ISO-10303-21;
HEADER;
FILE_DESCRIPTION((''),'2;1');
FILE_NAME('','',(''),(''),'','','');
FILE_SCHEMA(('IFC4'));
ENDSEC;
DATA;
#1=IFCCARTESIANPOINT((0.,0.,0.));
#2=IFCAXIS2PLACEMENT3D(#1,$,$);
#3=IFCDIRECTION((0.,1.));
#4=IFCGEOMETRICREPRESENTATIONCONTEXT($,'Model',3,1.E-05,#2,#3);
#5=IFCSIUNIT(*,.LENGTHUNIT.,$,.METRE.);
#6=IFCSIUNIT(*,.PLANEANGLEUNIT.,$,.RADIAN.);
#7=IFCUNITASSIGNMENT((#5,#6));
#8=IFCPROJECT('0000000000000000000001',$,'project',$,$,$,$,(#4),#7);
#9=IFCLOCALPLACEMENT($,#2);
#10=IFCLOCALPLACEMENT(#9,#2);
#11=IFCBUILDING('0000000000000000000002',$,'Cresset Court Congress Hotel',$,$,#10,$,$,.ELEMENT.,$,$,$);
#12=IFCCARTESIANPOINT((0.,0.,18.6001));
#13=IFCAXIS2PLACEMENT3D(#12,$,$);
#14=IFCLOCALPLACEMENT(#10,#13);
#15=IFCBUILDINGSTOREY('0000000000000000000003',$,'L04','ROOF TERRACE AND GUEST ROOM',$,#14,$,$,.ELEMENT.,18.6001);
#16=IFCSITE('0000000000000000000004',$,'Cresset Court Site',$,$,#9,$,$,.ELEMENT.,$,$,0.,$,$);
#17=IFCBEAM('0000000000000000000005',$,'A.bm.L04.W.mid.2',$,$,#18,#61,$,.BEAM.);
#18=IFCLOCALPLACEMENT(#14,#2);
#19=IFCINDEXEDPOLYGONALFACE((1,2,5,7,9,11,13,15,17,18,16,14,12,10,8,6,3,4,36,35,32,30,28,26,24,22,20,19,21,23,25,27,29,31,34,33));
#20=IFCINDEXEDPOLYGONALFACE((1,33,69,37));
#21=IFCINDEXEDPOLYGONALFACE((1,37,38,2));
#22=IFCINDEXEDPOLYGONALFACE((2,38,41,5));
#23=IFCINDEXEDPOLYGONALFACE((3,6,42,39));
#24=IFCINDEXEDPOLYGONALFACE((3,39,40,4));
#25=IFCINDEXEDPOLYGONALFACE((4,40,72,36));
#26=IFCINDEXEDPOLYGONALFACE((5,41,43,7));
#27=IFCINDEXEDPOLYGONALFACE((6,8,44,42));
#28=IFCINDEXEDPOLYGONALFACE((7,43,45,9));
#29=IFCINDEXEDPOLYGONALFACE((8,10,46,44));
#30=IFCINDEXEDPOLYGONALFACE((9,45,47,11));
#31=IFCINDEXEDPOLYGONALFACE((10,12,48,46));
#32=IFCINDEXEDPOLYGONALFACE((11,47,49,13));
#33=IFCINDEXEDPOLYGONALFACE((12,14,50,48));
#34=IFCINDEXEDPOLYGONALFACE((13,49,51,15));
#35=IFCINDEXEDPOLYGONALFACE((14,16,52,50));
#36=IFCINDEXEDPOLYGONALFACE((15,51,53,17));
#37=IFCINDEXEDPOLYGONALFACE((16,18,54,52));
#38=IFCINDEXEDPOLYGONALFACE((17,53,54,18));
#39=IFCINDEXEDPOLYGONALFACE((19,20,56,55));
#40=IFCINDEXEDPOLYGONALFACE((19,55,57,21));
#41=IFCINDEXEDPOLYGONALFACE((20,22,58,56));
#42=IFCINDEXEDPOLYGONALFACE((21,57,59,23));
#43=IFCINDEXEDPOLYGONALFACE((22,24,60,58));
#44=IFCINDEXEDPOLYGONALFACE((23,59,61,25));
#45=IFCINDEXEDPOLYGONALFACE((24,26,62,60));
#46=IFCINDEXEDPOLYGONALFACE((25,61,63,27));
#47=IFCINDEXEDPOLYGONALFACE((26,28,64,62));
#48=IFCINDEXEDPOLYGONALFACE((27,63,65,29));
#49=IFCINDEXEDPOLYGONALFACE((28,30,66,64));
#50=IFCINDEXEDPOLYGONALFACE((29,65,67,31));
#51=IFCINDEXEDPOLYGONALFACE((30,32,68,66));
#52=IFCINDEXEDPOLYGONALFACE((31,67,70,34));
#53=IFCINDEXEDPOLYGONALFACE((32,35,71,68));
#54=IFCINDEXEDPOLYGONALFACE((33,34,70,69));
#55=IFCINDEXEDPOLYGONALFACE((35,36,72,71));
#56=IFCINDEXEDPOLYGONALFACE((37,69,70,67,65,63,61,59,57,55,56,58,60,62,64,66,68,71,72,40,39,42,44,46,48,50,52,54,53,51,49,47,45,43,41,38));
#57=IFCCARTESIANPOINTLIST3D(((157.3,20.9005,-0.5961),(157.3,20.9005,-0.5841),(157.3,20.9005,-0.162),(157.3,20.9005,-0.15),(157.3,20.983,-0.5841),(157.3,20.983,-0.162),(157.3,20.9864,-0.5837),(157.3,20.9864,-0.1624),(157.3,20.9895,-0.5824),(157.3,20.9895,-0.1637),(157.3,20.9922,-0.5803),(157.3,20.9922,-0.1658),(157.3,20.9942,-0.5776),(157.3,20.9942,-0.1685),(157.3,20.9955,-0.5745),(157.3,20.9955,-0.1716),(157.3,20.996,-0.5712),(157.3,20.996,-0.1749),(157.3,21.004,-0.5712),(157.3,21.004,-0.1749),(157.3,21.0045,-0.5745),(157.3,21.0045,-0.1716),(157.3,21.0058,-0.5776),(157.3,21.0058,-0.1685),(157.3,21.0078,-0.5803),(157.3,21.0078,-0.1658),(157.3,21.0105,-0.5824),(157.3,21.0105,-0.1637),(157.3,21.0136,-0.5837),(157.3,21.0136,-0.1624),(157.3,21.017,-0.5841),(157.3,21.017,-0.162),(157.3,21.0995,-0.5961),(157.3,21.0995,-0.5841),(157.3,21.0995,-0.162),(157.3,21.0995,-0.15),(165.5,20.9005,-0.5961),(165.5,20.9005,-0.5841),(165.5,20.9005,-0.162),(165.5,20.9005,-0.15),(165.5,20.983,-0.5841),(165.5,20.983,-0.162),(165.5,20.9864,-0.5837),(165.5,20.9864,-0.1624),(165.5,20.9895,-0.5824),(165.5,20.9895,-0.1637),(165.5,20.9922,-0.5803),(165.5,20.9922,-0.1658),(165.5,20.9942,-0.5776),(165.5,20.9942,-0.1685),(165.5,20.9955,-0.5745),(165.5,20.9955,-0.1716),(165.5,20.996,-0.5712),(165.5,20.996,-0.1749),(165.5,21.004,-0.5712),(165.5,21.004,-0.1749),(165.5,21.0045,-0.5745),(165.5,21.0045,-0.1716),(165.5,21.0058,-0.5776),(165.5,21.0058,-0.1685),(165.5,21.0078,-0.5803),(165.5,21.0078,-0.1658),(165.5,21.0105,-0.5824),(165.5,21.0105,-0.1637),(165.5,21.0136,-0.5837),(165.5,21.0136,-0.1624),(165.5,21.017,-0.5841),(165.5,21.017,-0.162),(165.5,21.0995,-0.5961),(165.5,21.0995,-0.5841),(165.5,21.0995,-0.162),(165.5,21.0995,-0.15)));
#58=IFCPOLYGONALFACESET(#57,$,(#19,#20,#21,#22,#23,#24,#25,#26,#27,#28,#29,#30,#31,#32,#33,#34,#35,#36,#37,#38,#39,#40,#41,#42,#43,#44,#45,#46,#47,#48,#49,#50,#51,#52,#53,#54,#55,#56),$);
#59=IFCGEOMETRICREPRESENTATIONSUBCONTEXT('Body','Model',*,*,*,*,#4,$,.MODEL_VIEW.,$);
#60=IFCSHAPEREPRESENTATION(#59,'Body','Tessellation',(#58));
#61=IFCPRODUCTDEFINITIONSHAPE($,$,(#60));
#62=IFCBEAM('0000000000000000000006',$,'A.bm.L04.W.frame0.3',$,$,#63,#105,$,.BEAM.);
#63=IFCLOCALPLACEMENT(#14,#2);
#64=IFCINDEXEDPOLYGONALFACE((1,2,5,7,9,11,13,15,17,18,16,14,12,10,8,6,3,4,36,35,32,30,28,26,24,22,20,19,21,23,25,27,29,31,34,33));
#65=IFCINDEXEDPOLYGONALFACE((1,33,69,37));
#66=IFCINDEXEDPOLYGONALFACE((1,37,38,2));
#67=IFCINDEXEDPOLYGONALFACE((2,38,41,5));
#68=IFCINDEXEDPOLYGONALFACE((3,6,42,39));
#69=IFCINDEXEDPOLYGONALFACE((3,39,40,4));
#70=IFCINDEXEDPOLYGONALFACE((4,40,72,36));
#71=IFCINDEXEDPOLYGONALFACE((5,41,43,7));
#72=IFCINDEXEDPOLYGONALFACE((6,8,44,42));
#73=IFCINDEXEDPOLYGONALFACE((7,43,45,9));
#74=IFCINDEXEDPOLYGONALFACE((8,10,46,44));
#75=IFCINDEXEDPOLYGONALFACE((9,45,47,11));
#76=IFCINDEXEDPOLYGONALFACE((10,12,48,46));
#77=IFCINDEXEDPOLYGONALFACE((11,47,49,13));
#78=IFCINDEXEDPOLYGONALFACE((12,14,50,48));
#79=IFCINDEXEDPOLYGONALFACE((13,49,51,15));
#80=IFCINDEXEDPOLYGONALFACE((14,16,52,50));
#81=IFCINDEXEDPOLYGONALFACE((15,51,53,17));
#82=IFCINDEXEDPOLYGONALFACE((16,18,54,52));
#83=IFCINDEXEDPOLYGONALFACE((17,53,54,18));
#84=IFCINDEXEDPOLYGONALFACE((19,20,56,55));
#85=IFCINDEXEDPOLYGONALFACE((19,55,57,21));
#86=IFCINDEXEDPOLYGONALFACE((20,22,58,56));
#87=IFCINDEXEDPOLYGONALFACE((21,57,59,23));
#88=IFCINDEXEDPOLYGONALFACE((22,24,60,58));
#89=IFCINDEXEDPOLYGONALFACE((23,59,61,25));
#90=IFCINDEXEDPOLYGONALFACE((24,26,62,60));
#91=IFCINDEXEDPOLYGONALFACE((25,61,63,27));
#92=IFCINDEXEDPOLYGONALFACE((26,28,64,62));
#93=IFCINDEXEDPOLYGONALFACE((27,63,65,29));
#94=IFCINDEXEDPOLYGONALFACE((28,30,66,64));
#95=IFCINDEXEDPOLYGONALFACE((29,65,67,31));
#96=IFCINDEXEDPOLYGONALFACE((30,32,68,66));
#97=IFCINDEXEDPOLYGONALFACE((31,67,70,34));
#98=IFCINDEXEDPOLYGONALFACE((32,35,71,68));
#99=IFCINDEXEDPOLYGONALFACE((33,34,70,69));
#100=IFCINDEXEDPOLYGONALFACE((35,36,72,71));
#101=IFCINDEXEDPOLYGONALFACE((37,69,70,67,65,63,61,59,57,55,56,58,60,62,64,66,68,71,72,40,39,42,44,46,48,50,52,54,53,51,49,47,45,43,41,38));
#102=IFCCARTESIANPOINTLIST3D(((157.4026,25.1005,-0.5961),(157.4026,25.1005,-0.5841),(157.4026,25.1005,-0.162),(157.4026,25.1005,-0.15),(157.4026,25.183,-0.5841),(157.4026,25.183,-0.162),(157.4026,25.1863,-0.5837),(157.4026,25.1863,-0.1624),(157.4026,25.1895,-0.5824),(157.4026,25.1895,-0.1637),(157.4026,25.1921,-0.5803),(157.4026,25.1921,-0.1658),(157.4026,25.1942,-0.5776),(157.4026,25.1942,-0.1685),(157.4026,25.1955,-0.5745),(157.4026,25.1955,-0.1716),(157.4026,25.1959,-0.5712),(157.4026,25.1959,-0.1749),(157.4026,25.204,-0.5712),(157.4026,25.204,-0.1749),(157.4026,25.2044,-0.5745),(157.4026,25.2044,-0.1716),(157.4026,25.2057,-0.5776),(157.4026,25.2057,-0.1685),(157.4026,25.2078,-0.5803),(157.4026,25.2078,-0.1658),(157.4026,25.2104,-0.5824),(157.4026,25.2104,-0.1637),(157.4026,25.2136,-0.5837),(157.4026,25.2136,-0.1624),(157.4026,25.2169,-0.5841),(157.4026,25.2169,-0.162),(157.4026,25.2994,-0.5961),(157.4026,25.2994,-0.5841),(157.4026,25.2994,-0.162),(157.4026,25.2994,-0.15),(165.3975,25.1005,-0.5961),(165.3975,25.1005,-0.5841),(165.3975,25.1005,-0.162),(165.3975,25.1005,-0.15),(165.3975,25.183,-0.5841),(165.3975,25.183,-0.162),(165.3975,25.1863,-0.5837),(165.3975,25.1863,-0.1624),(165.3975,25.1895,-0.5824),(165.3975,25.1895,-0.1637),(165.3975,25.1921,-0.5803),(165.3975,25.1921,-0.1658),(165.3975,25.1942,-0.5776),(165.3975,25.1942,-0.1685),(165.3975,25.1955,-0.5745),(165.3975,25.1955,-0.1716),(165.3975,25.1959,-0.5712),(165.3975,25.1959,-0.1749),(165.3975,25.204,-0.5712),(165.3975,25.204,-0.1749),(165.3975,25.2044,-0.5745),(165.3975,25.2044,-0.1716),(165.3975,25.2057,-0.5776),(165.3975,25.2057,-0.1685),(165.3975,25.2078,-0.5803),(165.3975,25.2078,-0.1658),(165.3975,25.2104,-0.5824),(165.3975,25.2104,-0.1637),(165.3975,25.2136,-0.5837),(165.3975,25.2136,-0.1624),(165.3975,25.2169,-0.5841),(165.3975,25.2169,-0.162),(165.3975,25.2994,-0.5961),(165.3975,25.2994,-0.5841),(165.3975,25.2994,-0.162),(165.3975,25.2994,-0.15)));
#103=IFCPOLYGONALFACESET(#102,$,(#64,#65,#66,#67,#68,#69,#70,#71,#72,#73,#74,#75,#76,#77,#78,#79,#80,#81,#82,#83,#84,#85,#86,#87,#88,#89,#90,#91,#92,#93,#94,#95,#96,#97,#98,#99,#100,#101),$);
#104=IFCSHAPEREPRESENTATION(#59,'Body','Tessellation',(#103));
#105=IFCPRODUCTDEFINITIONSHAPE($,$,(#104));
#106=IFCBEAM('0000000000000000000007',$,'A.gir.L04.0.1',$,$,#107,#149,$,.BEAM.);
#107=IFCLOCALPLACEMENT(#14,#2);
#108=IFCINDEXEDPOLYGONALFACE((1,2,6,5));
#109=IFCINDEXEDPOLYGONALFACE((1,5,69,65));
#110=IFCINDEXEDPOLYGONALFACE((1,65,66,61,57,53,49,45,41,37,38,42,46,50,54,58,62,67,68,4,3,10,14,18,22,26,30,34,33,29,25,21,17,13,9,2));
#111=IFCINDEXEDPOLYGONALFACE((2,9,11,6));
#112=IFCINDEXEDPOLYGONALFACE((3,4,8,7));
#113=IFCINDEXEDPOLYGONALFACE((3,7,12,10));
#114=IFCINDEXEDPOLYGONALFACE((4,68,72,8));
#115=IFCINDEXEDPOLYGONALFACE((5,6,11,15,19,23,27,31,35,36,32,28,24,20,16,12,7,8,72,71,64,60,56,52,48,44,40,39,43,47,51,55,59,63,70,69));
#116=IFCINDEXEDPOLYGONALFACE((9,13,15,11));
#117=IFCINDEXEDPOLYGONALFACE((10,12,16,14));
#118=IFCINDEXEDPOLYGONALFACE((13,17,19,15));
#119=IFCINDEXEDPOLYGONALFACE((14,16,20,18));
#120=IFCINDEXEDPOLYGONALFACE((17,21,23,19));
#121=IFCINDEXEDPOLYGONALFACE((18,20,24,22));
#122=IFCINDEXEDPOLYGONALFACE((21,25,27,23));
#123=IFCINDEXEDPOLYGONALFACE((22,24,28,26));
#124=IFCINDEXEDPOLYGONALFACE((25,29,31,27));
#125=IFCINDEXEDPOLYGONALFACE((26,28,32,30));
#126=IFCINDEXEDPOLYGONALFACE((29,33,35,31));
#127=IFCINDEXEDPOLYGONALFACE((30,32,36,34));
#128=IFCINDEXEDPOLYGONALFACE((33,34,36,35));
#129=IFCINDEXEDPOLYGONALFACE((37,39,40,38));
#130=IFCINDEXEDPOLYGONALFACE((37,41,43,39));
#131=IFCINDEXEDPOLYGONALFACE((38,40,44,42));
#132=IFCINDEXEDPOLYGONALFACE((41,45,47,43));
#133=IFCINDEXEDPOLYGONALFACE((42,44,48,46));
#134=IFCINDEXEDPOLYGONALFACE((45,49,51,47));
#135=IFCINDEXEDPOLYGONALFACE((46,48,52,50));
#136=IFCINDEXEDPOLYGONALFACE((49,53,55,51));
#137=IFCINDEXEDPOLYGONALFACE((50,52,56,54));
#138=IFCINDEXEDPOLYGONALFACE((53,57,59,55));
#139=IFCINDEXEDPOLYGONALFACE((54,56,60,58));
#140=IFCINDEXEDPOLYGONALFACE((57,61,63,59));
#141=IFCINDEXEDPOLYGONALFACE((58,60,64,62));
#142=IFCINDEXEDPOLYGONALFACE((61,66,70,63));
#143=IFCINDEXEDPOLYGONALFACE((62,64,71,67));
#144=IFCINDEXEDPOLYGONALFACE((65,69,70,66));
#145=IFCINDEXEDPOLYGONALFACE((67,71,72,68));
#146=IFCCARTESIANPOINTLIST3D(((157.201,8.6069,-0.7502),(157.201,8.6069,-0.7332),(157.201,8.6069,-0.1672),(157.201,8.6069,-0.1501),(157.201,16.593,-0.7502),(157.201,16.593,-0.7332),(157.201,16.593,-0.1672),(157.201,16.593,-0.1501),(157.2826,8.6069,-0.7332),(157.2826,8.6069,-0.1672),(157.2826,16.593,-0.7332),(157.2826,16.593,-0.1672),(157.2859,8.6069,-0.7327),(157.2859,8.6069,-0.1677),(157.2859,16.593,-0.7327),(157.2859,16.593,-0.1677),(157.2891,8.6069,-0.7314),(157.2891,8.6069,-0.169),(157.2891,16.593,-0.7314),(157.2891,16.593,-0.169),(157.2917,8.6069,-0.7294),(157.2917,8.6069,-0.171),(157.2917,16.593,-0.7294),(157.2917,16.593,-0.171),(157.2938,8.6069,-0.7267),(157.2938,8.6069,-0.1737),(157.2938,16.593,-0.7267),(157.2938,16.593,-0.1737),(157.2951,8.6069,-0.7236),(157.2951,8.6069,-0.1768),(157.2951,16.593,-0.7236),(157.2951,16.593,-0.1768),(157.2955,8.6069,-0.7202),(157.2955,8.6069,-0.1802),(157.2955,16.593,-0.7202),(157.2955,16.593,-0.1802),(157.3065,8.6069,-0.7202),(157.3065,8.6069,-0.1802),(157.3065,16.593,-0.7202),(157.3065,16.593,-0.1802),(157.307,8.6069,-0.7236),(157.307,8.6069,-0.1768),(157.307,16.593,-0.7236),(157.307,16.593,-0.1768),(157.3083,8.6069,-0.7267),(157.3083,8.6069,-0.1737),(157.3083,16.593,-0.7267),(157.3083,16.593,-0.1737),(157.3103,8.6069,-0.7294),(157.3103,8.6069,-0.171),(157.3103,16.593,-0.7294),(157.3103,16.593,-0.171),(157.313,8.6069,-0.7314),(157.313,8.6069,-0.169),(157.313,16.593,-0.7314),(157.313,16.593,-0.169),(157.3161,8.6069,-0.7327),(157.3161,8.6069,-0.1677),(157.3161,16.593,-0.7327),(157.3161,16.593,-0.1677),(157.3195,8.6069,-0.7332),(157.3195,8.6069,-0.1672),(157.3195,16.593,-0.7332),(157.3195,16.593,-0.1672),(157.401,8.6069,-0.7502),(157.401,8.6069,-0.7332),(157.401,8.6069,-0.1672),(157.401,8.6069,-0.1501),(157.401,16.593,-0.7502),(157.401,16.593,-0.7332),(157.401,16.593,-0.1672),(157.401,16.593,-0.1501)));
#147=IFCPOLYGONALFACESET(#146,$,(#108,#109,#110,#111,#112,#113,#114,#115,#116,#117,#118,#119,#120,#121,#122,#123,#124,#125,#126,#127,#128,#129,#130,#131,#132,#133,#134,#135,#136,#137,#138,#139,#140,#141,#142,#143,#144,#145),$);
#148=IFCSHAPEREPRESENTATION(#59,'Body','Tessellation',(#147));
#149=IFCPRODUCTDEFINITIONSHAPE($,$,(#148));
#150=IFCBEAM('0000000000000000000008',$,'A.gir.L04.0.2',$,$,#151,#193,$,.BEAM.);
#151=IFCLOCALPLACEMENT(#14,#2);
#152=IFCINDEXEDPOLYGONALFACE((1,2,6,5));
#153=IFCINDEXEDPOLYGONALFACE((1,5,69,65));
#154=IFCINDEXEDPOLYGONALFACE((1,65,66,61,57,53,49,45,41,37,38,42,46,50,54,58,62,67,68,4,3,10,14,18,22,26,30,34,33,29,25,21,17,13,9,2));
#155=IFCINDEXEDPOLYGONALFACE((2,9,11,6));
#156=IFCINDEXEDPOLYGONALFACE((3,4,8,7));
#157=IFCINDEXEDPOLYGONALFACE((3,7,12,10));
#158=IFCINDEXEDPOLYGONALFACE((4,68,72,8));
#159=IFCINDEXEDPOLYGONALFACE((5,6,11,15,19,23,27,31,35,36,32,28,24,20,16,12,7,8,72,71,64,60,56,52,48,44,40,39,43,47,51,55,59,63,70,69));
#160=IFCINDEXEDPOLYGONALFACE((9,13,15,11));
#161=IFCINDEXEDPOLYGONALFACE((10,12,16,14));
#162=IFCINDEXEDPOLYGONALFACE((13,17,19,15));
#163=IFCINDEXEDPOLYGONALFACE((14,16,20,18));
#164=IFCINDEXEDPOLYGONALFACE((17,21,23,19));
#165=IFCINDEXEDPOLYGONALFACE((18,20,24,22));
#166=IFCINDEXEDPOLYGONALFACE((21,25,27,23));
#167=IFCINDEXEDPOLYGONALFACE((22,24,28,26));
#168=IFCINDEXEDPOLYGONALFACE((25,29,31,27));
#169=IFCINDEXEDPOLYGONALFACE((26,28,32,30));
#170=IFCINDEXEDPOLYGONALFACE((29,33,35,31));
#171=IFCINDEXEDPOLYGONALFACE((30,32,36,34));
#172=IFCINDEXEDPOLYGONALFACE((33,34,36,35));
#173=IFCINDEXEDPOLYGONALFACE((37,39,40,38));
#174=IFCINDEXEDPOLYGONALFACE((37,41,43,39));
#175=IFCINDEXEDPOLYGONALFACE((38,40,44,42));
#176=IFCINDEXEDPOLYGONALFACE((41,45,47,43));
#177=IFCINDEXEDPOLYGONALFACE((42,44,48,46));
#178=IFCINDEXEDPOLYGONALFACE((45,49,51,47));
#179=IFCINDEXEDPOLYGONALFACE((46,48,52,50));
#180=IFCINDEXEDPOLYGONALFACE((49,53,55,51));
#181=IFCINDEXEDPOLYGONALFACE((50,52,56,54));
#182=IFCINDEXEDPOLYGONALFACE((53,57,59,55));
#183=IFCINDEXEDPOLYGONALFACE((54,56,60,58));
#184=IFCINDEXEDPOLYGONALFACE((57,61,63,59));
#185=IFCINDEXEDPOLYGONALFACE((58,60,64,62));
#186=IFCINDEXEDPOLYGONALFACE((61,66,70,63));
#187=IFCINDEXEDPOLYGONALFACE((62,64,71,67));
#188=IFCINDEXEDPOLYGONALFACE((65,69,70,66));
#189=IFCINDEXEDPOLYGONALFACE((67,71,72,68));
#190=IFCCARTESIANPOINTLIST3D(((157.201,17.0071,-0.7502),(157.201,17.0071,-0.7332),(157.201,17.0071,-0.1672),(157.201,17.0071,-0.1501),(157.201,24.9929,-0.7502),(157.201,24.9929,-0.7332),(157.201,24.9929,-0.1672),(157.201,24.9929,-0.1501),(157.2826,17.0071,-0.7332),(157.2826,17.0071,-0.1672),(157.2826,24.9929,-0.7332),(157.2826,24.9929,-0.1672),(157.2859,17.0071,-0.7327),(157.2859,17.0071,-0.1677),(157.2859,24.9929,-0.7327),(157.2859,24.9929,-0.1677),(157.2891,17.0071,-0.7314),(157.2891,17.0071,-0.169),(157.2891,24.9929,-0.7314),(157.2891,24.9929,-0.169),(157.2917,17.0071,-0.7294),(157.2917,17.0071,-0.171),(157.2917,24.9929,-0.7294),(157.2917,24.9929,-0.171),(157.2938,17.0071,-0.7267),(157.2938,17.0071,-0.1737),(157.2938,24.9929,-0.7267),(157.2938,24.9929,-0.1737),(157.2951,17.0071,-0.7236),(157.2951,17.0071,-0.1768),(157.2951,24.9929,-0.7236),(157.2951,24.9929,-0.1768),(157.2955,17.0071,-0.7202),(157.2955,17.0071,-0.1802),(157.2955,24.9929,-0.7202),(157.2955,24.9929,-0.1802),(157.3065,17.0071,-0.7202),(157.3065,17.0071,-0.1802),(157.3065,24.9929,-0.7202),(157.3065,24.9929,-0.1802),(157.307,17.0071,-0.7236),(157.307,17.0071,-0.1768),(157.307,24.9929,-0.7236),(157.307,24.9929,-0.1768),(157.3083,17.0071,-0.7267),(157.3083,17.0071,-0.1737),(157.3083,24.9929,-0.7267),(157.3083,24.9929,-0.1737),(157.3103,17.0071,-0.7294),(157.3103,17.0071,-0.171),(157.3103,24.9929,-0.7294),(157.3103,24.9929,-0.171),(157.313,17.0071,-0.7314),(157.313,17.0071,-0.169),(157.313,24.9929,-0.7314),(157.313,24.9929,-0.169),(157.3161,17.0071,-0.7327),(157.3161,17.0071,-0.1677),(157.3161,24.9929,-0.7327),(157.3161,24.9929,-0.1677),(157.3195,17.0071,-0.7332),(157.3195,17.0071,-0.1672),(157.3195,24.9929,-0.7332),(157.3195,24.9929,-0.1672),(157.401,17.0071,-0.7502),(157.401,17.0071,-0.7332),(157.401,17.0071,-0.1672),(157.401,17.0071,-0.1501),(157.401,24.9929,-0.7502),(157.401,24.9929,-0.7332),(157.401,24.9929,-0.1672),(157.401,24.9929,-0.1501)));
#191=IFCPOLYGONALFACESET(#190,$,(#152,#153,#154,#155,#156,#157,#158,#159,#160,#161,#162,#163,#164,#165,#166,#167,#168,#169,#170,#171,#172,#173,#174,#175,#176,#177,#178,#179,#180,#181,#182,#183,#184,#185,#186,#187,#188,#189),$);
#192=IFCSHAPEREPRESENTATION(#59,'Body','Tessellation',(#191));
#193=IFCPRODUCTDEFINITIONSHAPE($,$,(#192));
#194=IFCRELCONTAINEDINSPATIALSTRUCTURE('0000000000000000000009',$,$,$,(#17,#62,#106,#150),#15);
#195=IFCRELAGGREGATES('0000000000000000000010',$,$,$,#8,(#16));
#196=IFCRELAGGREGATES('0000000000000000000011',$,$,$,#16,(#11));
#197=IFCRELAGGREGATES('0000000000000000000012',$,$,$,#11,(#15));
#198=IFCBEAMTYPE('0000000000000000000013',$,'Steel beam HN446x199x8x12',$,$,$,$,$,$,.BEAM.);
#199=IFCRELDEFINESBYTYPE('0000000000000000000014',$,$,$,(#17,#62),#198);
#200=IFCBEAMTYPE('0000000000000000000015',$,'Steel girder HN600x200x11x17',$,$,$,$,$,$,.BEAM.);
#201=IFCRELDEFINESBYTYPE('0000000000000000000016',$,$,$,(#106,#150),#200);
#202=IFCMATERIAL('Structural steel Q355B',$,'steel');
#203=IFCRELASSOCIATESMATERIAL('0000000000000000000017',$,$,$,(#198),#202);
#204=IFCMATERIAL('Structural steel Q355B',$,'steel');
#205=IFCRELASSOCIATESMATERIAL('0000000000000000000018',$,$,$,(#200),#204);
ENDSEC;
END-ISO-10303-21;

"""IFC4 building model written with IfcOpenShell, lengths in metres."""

from ifc_helpers import new_model, si_unit, direction, frame, origin, origin_2d, place, context, subcontext, project, spatial, i_section, extrude, material, material_profile, profile_set, type_object, element, save


model = new_model("IFC4")

# Units and contexts
model_context = context("Model", 3, precision=1e-05, world=origin(), true_north=direction((0.0, 1.0)))
body_context = subcontext(model_context, "Body", "Model", "MODEL_VIEW")
ifc_project = project(units=[si_unit("LENGTHUNIT", "METRE"), si_unit("PLANEANGLEUNIT", "RADIAN")], contexts=[model_context])

# Site, building, storey
site_placement = place(None, origin())
site = spatial("IfcSite", under=ifc_project, at=site_placement, Name="Cresset Court Site", CompositionType="ELEMENT", RefElevation=0.0)
building_placement = place(site_placement, origin())
building = spatial("IfcBuilding", under=site, at=building_placement, Name="Cresset Court Congress Hotel", CompositionType="ELEMENT")
storey_placement = place(building_placement, frame((0.0, 0.0, 18.6001)))
storey = spatial("IfcBuildingStorey", under=building, at=storey_placement, Name="L04", Description="ROOF TERRACE AND GUEST ROOM", CompositionType="ELEMENT", Elevation=18.6001)

# Beams
ifc_material_1 = material(Name="Structural steel Q355B", Category="steel")
ifc_material_profile_1 = material_profile(ifc_material_1, i_section(OverallWidth=0.199, OverallDepth=0.446, WebThickness=0.0081, FlangeThickness=0.012, FilletRadius=0.0129, at=origin_2d()), Name="HN446x199x8x12")
ifc_profile_set_1 = profile_set([ifc_material_profile_1], Name="Structural steel Q355B")
beam_type_1 = type_object("IfcBeamType", Name="Steel beam HN446x199x8x12", PredefinedType="BEAM", material=ifc_profile_set_1)
beam_1_placement = place(storey_placement, frame((157.3, 21.0, -0.373), z_axis=(1.0, 0.0, 0.0), x_axis=(0.0, 1.0, 0.0)))
element("IfcBeam", 1, at=beam_1_placement, inside=storey, type_object=beam_type_1, Name="A.bm.L04.W.mid.2", PredefinedType="BEAM", context=body_context, shape_type="SweptSolid", body=[
    extrude(i_section(OverallWidth=0.199, OverallDepth=0.446, WebThickness=0.0081, FlangeThickness=0.012, FilletRadius=0.0129, at=origin_2d()), origin(), (0.0, 0.0, 1.0), 8.2),
])
beam_2_placement = place(storey_placement, frame((157.4026, 25.2, -0.373), z_axis=(1.0, 0.0, 0.0), x_axis=(0.0, 1.0, 0.0)))
element("IfcBeam", 2, at=beam_2_placement, inside=storey, type_object=beam_type_1, Name="A.bm.L04.W.frame0.3", PredefinedType="BEAM", context=body_context, shape_type="SweptSolid", body=[
    extrude(i_section(OverallWidth=0.199, OverallDepth=0.446, WebThickness=0.0081, FlangeThickness=0.012, FilletRadius=0.0129, at=origin_2d()), origin(), (0.0, 0.0, 1.0), 7.9949),
])
ifc_material_2 = material(Name="Structural steel Q355B", Category="steel")
ifc_material_profile_2 = material_profile(ifc_material_2, i_section(OverallWidth=0.2, OverallDepth=0.6001, WebThickness=0.011, FlangeThickness=0.0171, FilletRadius=0.0129, at=origin_2d()), Name="HN600x200x11x17")
ifc_profile_set_2 = profile_set([ifc_material_profile_2], Name="Structural steel Q355B")
beam_type_2 = type_object("IfcBeamType", Name="Steel girder HN600x200x11x17", PredefinedType="BEAM", material=ifc_profile_set_2)
beam_3_placement = place(storey_placement, frame((157.301, 8.6069, -0.4502), z_axis=(0.0, 1.0, 0.0), x_axis=(-1.0, 0.0, 0.0)))
element("IfcBeam", 3, at=beam_3_placement, inside=storey, type_object=beam_type_2, Name="A.gir.L04.0.1", PredefinedType="BEAM", context=body_context, shape_type="SweptSolid", body=[
    extrude(i_section(OverallWidth=0.2, OverallDepth=0.6001, WebThickness=0.011, FlangeThickness=0.0171, FilletRadius=0.0129, at=origin_2d()), origin(), (0.0, 0.0, 1.0), 7.9861),
])
beam_4_placement = place(storey_placement, frame((157.301, 17.0071, -0.4502), z_axis=(0.0, 1.0, 0.0), x_axis=(-1.0, 0.0, 0.0)))
element("IfcBeam", 4, at=beam_4_placement, inside=storey, type_object=beam_type_2, Name="A.gir.L04.0.2", PredefinedType="BEAM", context=body_context, shape_type="SweptSolid", body=[
    extrude(i_section(OverallWidth=0.2, OverallDepth=0.6001, WebThickness=0.011, FlangeThickness=0.0171, FilletRadius=0.0129, at=origin_2d()), origin(), (0.0, 0.0, 1.0), 7.9858),
])

save(model, "model.ifc")
